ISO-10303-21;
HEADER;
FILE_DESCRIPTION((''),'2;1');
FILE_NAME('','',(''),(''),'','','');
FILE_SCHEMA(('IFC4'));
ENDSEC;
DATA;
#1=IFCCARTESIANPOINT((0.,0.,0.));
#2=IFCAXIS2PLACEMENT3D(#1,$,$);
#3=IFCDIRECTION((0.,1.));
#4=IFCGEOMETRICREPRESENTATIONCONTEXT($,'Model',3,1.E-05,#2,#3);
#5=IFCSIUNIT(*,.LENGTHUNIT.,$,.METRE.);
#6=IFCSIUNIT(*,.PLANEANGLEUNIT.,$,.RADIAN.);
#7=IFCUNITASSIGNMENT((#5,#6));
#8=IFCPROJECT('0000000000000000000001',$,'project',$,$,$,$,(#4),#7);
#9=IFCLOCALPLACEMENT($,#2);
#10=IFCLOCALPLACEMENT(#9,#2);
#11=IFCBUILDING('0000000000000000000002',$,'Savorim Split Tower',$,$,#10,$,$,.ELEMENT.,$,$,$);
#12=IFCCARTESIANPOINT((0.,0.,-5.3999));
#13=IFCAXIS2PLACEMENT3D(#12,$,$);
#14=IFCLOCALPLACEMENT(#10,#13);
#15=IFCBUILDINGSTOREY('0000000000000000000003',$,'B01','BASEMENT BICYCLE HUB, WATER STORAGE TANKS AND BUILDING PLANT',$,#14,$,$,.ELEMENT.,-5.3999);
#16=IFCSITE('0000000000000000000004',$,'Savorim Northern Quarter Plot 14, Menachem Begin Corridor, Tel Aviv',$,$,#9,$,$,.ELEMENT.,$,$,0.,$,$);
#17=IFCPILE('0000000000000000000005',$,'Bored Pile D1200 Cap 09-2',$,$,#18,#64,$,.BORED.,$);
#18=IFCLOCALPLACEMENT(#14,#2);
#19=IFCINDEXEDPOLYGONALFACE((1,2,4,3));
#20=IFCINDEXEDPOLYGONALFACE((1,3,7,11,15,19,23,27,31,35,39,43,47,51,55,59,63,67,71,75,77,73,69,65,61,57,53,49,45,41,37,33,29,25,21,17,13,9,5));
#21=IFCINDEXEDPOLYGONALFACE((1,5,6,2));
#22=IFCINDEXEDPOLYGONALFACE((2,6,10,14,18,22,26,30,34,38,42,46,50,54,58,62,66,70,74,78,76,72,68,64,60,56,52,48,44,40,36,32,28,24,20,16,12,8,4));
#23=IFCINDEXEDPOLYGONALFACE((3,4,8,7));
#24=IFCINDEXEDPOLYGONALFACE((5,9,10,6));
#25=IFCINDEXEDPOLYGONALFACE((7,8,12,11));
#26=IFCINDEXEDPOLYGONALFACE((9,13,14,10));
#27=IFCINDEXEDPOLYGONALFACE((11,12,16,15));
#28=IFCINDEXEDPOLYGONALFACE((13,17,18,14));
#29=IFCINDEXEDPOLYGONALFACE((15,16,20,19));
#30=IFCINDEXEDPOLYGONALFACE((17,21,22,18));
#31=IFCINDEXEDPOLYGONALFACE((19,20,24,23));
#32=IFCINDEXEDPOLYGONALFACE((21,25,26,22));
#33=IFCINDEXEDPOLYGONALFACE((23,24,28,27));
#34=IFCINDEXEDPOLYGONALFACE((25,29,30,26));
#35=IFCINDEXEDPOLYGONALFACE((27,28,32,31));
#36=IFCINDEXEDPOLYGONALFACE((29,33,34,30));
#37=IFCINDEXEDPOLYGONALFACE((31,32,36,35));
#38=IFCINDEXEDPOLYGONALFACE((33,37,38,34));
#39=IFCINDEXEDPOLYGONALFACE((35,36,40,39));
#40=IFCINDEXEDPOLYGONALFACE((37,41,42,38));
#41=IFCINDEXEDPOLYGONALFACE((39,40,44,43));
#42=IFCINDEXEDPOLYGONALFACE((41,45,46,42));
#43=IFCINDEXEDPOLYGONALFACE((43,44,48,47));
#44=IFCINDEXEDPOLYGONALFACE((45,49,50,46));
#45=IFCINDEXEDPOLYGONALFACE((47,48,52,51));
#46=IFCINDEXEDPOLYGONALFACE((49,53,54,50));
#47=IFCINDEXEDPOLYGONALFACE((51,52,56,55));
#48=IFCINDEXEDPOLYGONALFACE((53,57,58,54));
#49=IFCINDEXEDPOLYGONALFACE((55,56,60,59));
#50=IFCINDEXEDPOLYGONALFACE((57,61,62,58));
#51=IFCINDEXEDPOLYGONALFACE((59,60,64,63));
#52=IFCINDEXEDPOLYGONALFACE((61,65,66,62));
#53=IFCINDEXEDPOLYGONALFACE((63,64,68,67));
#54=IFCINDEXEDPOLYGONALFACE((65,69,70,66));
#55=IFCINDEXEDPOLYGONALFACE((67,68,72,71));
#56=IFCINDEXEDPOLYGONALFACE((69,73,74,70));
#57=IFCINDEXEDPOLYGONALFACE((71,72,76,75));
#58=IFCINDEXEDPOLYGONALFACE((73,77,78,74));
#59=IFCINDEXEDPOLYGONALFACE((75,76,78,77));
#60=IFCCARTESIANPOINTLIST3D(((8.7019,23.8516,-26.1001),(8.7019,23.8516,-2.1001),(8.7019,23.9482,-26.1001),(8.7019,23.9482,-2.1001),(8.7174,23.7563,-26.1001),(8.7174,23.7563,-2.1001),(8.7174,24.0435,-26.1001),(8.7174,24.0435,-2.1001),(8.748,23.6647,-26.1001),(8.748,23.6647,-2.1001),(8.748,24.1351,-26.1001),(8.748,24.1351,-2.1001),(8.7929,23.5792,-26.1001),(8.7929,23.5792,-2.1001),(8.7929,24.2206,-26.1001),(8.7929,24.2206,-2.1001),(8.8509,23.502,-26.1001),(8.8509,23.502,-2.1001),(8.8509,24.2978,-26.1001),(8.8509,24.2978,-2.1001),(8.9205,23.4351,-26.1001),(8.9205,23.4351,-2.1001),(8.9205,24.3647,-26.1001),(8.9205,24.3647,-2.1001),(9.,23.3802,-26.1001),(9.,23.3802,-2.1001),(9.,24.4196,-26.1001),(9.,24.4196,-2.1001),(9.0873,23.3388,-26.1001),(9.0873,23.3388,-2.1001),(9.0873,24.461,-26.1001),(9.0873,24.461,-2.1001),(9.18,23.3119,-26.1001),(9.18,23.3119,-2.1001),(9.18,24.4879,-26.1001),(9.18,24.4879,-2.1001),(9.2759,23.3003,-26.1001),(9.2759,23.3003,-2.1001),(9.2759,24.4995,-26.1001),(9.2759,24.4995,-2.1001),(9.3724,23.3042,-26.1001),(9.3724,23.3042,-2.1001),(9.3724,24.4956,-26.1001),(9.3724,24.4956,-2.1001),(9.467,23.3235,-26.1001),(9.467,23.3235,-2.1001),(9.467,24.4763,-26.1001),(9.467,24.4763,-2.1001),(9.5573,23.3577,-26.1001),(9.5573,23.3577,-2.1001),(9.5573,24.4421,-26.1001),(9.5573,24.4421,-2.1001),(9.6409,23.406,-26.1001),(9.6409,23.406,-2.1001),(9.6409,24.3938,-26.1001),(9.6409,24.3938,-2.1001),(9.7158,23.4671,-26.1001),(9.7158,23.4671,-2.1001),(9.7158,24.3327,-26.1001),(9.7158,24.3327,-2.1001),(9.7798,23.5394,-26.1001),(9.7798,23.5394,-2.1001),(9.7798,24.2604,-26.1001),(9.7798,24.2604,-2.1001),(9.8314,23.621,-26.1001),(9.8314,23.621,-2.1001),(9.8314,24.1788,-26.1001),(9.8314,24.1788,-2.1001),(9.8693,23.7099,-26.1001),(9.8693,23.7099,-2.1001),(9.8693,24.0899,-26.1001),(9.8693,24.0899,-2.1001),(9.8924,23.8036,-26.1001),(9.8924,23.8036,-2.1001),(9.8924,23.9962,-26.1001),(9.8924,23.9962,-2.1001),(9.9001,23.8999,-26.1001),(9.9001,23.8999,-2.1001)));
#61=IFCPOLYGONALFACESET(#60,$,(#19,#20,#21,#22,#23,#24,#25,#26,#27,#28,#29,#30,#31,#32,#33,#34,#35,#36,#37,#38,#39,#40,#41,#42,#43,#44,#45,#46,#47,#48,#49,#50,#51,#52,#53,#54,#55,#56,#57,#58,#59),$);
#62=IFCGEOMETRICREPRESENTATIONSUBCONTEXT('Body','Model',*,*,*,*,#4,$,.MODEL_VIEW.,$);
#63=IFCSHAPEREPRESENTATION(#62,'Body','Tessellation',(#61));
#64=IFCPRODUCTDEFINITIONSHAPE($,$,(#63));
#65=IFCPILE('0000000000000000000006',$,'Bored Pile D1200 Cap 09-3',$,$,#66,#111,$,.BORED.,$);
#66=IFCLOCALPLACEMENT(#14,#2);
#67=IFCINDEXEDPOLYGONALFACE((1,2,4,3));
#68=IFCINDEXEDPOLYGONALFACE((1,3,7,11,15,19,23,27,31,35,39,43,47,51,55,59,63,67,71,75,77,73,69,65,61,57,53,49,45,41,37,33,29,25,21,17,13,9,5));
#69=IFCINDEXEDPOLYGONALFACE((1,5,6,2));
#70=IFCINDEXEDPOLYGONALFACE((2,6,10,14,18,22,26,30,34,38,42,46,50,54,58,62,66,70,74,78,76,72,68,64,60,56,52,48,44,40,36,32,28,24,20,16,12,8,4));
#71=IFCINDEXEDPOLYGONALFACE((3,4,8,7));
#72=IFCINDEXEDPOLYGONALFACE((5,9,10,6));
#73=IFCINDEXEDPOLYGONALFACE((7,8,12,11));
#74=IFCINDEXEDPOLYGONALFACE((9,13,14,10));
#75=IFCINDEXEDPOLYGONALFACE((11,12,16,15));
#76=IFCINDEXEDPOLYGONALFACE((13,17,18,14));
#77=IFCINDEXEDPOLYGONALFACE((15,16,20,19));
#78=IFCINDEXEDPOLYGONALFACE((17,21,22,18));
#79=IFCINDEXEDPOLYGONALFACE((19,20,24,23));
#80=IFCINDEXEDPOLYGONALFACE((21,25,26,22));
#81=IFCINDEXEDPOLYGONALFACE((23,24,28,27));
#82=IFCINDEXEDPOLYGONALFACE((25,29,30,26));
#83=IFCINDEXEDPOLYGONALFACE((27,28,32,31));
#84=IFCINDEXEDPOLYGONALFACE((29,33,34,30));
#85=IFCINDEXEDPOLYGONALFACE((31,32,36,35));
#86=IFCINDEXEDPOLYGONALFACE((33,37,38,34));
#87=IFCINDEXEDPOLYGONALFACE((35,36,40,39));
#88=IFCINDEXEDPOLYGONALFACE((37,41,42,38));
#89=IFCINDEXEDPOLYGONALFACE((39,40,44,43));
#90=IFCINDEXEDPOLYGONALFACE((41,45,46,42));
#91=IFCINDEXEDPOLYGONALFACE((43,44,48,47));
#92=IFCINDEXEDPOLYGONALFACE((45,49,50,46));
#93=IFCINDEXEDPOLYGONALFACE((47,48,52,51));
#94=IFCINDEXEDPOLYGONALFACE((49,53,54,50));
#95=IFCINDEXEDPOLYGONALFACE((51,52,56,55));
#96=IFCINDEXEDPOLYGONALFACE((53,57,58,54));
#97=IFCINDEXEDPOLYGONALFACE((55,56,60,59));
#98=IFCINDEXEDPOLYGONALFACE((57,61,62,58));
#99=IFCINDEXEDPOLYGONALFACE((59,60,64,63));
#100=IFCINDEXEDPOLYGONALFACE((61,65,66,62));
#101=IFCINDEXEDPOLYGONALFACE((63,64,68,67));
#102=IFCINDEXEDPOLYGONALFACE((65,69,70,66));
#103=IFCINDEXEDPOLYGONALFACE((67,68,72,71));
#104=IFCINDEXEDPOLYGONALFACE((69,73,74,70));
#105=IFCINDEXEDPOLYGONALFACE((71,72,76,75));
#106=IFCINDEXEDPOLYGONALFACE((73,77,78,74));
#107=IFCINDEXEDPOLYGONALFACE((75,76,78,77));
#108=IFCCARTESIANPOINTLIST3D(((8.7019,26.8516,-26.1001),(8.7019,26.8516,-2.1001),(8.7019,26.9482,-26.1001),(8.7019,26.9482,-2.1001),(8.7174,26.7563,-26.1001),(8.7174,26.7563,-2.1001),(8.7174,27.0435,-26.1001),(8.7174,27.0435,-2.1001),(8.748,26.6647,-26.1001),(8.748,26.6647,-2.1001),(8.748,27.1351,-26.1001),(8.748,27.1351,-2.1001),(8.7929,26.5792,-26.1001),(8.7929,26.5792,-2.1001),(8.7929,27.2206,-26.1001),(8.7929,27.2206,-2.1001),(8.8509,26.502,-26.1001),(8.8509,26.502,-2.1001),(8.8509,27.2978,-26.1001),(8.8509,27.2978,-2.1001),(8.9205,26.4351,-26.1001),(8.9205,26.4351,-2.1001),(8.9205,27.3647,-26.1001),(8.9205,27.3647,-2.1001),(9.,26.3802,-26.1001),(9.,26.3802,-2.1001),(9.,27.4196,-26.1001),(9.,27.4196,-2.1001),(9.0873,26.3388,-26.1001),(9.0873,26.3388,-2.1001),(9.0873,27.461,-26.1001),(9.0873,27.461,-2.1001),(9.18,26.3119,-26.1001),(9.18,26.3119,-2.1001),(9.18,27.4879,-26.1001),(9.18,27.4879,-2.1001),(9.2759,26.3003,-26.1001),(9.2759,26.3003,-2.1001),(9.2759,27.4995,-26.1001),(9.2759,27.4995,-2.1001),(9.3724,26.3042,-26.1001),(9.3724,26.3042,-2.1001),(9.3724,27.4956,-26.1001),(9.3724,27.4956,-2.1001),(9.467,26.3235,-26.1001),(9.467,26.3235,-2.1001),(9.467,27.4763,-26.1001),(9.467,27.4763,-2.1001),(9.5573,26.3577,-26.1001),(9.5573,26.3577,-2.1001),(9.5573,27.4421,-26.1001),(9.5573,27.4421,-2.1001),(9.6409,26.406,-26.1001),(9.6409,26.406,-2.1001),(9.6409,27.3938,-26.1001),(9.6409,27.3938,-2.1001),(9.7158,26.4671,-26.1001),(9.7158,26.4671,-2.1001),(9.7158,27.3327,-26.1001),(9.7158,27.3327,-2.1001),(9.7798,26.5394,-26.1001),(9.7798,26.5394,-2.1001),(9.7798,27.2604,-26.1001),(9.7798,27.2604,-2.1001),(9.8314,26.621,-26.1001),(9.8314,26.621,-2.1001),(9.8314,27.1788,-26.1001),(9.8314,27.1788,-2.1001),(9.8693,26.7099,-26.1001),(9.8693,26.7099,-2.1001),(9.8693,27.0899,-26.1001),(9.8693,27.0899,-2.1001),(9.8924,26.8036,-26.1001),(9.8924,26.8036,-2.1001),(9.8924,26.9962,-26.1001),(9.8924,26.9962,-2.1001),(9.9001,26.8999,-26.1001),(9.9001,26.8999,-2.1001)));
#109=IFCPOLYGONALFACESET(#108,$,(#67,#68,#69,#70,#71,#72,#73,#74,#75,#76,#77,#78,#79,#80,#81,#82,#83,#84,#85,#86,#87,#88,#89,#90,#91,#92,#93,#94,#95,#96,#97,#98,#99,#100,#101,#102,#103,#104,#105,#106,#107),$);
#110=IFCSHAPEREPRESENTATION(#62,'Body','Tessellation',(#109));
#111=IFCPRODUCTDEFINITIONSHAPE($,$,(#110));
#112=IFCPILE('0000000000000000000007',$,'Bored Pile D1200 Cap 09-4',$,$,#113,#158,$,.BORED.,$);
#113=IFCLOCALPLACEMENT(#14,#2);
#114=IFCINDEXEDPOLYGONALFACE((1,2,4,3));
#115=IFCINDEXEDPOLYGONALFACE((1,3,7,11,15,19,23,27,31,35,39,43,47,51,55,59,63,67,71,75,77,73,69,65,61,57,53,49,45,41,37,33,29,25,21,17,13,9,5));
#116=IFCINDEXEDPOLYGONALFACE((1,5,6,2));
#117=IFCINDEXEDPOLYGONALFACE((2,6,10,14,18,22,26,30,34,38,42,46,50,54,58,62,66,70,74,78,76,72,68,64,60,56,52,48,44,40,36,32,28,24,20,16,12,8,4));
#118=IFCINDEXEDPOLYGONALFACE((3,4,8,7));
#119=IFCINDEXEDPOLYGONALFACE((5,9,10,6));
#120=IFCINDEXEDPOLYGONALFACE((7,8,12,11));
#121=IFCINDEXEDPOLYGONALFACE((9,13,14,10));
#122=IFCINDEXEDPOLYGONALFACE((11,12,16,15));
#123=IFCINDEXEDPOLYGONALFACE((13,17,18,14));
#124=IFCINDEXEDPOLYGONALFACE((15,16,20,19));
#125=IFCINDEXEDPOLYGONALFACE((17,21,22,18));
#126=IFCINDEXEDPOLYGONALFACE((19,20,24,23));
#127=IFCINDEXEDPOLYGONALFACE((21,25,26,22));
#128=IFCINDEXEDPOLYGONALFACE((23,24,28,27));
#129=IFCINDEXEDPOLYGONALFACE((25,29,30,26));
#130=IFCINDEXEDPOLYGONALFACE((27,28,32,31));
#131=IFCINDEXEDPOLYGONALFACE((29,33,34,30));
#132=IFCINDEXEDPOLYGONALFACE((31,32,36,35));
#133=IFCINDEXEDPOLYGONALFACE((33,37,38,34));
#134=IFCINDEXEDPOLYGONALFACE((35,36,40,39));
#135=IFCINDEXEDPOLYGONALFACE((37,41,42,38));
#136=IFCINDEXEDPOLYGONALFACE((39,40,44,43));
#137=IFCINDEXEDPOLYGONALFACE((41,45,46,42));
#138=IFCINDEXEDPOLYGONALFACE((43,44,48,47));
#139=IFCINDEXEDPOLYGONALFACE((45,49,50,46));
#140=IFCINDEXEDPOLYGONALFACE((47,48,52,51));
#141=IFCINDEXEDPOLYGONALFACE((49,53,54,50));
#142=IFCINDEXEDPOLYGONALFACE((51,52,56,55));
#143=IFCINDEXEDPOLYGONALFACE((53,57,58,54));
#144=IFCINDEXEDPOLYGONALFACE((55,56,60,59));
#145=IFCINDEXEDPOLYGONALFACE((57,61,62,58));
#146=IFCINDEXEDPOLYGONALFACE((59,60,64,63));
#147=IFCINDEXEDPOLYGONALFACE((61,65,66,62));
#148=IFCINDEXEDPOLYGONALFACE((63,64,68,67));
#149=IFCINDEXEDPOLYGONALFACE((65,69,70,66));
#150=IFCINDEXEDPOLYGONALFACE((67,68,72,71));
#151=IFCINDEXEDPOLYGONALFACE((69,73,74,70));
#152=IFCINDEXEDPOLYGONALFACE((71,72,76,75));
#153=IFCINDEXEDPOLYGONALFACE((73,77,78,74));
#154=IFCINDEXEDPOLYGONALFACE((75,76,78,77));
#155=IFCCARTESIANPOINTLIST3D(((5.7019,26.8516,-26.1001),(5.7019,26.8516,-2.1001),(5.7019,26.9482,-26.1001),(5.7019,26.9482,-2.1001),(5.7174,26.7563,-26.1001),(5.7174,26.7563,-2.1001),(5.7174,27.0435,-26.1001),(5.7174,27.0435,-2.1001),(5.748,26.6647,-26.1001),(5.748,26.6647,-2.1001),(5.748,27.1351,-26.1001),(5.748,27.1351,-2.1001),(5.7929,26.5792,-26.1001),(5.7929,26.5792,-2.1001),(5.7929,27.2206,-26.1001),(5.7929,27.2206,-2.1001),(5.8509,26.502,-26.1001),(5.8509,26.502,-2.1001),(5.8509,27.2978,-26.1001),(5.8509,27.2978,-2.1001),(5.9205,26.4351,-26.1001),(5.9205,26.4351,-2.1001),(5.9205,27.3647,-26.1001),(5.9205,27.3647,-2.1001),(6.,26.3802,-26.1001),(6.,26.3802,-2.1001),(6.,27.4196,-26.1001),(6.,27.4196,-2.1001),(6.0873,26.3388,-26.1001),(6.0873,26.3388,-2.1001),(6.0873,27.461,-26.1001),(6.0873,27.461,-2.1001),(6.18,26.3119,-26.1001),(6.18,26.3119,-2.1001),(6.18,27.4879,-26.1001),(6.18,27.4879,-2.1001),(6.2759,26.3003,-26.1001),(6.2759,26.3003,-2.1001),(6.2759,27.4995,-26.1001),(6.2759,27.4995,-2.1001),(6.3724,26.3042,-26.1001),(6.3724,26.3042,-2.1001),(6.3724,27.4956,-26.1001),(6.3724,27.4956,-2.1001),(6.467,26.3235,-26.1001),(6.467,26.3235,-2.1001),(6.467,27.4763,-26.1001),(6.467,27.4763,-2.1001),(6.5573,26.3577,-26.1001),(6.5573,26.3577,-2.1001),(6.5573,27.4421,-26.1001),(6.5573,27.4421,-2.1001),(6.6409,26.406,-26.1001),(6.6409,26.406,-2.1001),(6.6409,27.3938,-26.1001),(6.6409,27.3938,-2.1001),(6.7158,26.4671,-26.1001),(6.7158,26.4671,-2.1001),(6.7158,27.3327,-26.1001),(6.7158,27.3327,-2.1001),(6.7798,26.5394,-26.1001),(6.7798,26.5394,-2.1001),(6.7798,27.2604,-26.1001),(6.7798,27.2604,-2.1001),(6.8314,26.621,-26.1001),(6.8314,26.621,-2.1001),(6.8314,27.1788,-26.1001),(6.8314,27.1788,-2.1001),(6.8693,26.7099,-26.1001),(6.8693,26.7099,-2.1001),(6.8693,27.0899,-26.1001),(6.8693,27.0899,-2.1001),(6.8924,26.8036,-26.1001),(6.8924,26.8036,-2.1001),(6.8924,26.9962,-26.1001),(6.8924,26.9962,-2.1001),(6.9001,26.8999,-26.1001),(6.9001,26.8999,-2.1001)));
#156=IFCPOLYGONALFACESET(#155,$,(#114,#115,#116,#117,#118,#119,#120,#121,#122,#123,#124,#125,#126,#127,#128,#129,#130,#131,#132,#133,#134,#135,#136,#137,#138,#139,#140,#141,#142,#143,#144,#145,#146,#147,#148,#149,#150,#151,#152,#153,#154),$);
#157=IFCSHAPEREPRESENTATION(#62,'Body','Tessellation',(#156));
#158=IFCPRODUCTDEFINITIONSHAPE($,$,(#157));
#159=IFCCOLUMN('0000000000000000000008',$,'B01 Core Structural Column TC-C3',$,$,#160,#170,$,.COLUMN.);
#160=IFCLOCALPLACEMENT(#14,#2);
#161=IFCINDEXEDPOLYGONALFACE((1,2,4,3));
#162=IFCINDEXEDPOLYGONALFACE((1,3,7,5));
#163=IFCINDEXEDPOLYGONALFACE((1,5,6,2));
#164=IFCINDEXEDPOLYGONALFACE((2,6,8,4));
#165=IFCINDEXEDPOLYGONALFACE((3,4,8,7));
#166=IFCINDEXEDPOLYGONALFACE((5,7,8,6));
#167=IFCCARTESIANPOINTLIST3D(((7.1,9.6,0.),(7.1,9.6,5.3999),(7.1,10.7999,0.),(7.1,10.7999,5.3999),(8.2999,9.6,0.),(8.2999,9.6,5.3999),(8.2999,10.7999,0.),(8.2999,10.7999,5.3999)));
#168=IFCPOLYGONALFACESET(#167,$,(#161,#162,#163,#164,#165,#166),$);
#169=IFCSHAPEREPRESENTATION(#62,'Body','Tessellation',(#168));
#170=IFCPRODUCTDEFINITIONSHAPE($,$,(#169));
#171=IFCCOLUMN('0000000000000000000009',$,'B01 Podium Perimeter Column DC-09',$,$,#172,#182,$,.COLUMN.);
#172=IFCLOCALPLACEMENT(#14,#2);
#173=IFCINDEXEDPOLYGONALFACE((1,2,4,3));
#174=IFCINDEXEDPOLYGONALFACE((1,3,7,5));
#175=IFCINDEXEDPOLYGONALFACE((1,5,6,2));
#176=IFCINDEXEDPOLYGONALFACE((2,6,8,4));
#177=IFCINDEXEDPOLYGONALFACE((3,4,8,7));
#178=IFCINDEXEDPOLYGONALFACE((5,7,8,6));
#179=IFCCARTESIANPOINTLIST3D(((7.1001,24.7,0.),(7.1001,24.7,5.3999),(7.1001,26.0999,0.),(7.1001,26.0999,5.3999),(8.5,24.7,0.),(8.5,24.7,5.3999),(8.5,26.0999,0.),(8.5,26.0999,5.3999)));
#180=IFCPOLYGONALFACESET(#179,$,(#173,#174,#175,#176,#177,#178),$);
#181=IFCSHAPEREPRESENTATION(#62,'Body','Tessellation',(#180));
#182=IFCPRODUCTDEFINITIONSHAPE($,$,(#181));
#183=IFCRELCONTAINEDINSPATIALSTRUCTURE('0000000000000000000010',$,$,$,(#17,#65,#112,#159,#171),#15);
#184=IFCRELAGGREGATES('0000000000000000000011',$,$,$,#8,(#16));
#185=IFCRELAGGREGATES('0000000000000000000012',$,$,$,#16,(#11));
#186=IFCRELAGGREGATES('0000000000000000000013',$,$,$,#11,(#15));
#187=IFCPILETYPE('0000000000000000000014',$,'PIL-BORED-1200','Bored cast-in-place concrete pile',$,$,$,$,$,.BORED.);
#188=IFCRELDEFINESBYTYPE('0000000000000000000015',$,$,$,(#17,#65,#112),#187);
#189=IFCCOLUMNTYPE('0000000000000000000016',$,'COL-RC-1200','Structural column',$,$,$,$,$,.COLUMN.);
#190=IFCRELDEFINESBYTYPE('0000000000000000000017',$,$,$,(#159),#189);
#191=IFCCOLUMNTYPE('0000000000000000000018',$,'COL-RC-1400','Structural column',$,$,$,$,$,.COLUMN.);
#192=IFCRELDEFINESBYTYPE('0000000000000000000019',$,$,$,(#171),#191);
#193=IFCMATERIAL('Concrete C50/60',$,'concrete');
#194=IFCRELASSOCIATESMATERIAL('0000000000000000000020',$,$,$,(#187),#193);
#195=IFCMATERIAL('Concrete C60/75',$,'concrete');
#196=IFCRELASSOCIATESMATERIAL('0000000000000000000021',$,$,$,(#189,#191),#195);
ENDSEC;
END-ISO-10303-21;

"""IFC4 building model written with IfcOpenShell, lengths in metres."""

from ifc_helpers import new_model, si_unit, direction, frame, origin, origin_2d, place, context, subcontext, project, spatial, rectangle, circle, extrude, material, material_profile, profile_set, type_object, element, save


model = new_model("IFC4")

# Units and contexts
model_context = context("Model", 3, precision=1e-05, world=origin(), true_north=direction((0.0, 1.0)))
body_context = subcontext(model_context, "Body", "Model", "MODEL_VIEW")
ifc_project = project(units=[si_unit("LENGTHUNIT", "METRE"), si_unit("PLANEANGLEUNIT", "RADIAN")], contexts=[model_context])

# Site, building, storey
site_placement = place(None, origin())
site = spatial("IfcSite", under=ifc_project, at=site_placement, Name="Savorim Northern Quarter Plot 14, Menachem Begin Corridor, Tel Aviv", CompositionType="ELEMENT", RefElevation=0.0)
building_placement = place(site_placement, origin())
building = spatial("IfcBuilding", under=site, at=building_placement, Name="Savorim Split Tower", CompositionType="ELEMENT")
storey_placement = place(building_placement, frame((0.0, 0.0, -5.3999)))
storey = spatial("IfcBuildingStorey", under=building, at=storey_placement, Name="B01", Description="BASEMENT BICYCLE HUB, WATER STORAGE TANKS AND BUILDING PLANT", CompositionType="ELEMENT", Elevation=-5.3999)

# Shared definitions
ifc_material_1 = material(Name="Concrete C50/60", Category="concrete")

# Piles
ifc_material_profile_1 = material_profile(ifc_material_1, circle(Radius=0.6001, at=origin_2d()), Name="PILE D1200")
ifc_profile_set_1 = profile_set([ifc_material_profile_1], Name="Concrete C50/60")
pile_type = type_object("IfcPileType", Name="PIL-BORED-1200", Description="Bored cast-in-place concrete pile", PredefinedType="BORED", material=ifc_profile_set_1)
for number, where, z_axis, x_axis, name in (
    (1, (9.3, 23.8999, -2.1001), (0.0, 0.0, -1.0), (1.0, 0.0, 0.0), "Bored Pile D1200 Cap 09-2"),
    (2, (9.3, 26.8999, -2.1001), (0.0, 0.0, -1.0), (1.0, 0.0, 0.0), "Bored Pile D1200 Cap 09-3"),
    (3, (6.3, 26.8999, -2.1001), (0.0, 0.0, -1.0), (1.0, 0.0, 0.0), "Bored Pile D1200 Cap 09-4"),
):
    element("IfcPile", number, at=place(storey_placement, frame(where, z_axis=z_axis, x_axis=x_axis)), inside=storey, type_object=pile_type, Name=name, PredefinedType="BORED", context=body_context, shape_type="SweptSolid", body=[
        extrude(circle(Radius=0.6001, at=origin_2d()), origin(), (0.0, 0.0, 1.0), 24.0),
    ])

# Columns
ifc_material_2 = material(Name="Concrete C60/75", Category="concrete")
ifc_material_profile_2 = material_profile(ifc_material_2, rectangle(XDim=1.2, YDim=1.2, at=origin_2d()), Name="RC 1200x1200")
ifc_profile_set_2 = profile_set([ifc_material_profile_2], Name="Concrete C60/75")
column_type_1 = type_object("IfcColumnType", Name="COL-RC-1200", Description="Structural column", PredefinedType="COLUMN", material=ifc_profile_set_2)
column_1_placement = place(storey_placement, frame((7.7, 10.2, 0.0), z_axis=(0.0, 0.0, 1.0), x_axis=(1.0, 0.0, 0.0)))
element("IfcColumn", 4, at=column_1_placement, inside=storey, type_object=column_type_1, Name="B01 Core Structural Column TC-C3", PredefinedType="COLUMN", context=body_context, shape_type="SweptSolid", body=[
    extrude(rectangle(XDim=1.2, YDim=1.2, at=origin_2d()), origin(), (0.0, 0.0, 1.0), 5.3999),
])
ifc_material_profile_3 = material_profile(ifc_material_2, rectangle(XDim=1.3999, YDim=1.3999, at=origin_2d()), Name="RC 1400x1400")
ifc_profile_set_3 = profile_set([ifc_material_profile_3], Name="Concrete C60/75")
column_type_2 = type_object("IfcColumnType", Name="COL-RC-1400", Description="Structural column", PredefinedType="COLUMN", material=ifc_profile_set_3)
column_2_placement = place(storey_placement, frame((7.8, 25.3999, 0.0), z_axis=(0.0, 0.0, 1.0), x_axis=(1.0, 0.0, 0.0)))
element("IfcColumn", 5, at=column_2_placement, inside=storey, type_object=column_type_2, Name="B01 Podium Perimeter Column DC-09", PredefinedType="COLUMN", context=body_context, shape_type="SweptSolid", body=[
    extrude(rectangle(XDim=1.3999, YDim=1.3999, at=origin_2d()), origin(), (0.0, 0.0, 1.0), 5.3999),
])

save(model, "model.ifc")
